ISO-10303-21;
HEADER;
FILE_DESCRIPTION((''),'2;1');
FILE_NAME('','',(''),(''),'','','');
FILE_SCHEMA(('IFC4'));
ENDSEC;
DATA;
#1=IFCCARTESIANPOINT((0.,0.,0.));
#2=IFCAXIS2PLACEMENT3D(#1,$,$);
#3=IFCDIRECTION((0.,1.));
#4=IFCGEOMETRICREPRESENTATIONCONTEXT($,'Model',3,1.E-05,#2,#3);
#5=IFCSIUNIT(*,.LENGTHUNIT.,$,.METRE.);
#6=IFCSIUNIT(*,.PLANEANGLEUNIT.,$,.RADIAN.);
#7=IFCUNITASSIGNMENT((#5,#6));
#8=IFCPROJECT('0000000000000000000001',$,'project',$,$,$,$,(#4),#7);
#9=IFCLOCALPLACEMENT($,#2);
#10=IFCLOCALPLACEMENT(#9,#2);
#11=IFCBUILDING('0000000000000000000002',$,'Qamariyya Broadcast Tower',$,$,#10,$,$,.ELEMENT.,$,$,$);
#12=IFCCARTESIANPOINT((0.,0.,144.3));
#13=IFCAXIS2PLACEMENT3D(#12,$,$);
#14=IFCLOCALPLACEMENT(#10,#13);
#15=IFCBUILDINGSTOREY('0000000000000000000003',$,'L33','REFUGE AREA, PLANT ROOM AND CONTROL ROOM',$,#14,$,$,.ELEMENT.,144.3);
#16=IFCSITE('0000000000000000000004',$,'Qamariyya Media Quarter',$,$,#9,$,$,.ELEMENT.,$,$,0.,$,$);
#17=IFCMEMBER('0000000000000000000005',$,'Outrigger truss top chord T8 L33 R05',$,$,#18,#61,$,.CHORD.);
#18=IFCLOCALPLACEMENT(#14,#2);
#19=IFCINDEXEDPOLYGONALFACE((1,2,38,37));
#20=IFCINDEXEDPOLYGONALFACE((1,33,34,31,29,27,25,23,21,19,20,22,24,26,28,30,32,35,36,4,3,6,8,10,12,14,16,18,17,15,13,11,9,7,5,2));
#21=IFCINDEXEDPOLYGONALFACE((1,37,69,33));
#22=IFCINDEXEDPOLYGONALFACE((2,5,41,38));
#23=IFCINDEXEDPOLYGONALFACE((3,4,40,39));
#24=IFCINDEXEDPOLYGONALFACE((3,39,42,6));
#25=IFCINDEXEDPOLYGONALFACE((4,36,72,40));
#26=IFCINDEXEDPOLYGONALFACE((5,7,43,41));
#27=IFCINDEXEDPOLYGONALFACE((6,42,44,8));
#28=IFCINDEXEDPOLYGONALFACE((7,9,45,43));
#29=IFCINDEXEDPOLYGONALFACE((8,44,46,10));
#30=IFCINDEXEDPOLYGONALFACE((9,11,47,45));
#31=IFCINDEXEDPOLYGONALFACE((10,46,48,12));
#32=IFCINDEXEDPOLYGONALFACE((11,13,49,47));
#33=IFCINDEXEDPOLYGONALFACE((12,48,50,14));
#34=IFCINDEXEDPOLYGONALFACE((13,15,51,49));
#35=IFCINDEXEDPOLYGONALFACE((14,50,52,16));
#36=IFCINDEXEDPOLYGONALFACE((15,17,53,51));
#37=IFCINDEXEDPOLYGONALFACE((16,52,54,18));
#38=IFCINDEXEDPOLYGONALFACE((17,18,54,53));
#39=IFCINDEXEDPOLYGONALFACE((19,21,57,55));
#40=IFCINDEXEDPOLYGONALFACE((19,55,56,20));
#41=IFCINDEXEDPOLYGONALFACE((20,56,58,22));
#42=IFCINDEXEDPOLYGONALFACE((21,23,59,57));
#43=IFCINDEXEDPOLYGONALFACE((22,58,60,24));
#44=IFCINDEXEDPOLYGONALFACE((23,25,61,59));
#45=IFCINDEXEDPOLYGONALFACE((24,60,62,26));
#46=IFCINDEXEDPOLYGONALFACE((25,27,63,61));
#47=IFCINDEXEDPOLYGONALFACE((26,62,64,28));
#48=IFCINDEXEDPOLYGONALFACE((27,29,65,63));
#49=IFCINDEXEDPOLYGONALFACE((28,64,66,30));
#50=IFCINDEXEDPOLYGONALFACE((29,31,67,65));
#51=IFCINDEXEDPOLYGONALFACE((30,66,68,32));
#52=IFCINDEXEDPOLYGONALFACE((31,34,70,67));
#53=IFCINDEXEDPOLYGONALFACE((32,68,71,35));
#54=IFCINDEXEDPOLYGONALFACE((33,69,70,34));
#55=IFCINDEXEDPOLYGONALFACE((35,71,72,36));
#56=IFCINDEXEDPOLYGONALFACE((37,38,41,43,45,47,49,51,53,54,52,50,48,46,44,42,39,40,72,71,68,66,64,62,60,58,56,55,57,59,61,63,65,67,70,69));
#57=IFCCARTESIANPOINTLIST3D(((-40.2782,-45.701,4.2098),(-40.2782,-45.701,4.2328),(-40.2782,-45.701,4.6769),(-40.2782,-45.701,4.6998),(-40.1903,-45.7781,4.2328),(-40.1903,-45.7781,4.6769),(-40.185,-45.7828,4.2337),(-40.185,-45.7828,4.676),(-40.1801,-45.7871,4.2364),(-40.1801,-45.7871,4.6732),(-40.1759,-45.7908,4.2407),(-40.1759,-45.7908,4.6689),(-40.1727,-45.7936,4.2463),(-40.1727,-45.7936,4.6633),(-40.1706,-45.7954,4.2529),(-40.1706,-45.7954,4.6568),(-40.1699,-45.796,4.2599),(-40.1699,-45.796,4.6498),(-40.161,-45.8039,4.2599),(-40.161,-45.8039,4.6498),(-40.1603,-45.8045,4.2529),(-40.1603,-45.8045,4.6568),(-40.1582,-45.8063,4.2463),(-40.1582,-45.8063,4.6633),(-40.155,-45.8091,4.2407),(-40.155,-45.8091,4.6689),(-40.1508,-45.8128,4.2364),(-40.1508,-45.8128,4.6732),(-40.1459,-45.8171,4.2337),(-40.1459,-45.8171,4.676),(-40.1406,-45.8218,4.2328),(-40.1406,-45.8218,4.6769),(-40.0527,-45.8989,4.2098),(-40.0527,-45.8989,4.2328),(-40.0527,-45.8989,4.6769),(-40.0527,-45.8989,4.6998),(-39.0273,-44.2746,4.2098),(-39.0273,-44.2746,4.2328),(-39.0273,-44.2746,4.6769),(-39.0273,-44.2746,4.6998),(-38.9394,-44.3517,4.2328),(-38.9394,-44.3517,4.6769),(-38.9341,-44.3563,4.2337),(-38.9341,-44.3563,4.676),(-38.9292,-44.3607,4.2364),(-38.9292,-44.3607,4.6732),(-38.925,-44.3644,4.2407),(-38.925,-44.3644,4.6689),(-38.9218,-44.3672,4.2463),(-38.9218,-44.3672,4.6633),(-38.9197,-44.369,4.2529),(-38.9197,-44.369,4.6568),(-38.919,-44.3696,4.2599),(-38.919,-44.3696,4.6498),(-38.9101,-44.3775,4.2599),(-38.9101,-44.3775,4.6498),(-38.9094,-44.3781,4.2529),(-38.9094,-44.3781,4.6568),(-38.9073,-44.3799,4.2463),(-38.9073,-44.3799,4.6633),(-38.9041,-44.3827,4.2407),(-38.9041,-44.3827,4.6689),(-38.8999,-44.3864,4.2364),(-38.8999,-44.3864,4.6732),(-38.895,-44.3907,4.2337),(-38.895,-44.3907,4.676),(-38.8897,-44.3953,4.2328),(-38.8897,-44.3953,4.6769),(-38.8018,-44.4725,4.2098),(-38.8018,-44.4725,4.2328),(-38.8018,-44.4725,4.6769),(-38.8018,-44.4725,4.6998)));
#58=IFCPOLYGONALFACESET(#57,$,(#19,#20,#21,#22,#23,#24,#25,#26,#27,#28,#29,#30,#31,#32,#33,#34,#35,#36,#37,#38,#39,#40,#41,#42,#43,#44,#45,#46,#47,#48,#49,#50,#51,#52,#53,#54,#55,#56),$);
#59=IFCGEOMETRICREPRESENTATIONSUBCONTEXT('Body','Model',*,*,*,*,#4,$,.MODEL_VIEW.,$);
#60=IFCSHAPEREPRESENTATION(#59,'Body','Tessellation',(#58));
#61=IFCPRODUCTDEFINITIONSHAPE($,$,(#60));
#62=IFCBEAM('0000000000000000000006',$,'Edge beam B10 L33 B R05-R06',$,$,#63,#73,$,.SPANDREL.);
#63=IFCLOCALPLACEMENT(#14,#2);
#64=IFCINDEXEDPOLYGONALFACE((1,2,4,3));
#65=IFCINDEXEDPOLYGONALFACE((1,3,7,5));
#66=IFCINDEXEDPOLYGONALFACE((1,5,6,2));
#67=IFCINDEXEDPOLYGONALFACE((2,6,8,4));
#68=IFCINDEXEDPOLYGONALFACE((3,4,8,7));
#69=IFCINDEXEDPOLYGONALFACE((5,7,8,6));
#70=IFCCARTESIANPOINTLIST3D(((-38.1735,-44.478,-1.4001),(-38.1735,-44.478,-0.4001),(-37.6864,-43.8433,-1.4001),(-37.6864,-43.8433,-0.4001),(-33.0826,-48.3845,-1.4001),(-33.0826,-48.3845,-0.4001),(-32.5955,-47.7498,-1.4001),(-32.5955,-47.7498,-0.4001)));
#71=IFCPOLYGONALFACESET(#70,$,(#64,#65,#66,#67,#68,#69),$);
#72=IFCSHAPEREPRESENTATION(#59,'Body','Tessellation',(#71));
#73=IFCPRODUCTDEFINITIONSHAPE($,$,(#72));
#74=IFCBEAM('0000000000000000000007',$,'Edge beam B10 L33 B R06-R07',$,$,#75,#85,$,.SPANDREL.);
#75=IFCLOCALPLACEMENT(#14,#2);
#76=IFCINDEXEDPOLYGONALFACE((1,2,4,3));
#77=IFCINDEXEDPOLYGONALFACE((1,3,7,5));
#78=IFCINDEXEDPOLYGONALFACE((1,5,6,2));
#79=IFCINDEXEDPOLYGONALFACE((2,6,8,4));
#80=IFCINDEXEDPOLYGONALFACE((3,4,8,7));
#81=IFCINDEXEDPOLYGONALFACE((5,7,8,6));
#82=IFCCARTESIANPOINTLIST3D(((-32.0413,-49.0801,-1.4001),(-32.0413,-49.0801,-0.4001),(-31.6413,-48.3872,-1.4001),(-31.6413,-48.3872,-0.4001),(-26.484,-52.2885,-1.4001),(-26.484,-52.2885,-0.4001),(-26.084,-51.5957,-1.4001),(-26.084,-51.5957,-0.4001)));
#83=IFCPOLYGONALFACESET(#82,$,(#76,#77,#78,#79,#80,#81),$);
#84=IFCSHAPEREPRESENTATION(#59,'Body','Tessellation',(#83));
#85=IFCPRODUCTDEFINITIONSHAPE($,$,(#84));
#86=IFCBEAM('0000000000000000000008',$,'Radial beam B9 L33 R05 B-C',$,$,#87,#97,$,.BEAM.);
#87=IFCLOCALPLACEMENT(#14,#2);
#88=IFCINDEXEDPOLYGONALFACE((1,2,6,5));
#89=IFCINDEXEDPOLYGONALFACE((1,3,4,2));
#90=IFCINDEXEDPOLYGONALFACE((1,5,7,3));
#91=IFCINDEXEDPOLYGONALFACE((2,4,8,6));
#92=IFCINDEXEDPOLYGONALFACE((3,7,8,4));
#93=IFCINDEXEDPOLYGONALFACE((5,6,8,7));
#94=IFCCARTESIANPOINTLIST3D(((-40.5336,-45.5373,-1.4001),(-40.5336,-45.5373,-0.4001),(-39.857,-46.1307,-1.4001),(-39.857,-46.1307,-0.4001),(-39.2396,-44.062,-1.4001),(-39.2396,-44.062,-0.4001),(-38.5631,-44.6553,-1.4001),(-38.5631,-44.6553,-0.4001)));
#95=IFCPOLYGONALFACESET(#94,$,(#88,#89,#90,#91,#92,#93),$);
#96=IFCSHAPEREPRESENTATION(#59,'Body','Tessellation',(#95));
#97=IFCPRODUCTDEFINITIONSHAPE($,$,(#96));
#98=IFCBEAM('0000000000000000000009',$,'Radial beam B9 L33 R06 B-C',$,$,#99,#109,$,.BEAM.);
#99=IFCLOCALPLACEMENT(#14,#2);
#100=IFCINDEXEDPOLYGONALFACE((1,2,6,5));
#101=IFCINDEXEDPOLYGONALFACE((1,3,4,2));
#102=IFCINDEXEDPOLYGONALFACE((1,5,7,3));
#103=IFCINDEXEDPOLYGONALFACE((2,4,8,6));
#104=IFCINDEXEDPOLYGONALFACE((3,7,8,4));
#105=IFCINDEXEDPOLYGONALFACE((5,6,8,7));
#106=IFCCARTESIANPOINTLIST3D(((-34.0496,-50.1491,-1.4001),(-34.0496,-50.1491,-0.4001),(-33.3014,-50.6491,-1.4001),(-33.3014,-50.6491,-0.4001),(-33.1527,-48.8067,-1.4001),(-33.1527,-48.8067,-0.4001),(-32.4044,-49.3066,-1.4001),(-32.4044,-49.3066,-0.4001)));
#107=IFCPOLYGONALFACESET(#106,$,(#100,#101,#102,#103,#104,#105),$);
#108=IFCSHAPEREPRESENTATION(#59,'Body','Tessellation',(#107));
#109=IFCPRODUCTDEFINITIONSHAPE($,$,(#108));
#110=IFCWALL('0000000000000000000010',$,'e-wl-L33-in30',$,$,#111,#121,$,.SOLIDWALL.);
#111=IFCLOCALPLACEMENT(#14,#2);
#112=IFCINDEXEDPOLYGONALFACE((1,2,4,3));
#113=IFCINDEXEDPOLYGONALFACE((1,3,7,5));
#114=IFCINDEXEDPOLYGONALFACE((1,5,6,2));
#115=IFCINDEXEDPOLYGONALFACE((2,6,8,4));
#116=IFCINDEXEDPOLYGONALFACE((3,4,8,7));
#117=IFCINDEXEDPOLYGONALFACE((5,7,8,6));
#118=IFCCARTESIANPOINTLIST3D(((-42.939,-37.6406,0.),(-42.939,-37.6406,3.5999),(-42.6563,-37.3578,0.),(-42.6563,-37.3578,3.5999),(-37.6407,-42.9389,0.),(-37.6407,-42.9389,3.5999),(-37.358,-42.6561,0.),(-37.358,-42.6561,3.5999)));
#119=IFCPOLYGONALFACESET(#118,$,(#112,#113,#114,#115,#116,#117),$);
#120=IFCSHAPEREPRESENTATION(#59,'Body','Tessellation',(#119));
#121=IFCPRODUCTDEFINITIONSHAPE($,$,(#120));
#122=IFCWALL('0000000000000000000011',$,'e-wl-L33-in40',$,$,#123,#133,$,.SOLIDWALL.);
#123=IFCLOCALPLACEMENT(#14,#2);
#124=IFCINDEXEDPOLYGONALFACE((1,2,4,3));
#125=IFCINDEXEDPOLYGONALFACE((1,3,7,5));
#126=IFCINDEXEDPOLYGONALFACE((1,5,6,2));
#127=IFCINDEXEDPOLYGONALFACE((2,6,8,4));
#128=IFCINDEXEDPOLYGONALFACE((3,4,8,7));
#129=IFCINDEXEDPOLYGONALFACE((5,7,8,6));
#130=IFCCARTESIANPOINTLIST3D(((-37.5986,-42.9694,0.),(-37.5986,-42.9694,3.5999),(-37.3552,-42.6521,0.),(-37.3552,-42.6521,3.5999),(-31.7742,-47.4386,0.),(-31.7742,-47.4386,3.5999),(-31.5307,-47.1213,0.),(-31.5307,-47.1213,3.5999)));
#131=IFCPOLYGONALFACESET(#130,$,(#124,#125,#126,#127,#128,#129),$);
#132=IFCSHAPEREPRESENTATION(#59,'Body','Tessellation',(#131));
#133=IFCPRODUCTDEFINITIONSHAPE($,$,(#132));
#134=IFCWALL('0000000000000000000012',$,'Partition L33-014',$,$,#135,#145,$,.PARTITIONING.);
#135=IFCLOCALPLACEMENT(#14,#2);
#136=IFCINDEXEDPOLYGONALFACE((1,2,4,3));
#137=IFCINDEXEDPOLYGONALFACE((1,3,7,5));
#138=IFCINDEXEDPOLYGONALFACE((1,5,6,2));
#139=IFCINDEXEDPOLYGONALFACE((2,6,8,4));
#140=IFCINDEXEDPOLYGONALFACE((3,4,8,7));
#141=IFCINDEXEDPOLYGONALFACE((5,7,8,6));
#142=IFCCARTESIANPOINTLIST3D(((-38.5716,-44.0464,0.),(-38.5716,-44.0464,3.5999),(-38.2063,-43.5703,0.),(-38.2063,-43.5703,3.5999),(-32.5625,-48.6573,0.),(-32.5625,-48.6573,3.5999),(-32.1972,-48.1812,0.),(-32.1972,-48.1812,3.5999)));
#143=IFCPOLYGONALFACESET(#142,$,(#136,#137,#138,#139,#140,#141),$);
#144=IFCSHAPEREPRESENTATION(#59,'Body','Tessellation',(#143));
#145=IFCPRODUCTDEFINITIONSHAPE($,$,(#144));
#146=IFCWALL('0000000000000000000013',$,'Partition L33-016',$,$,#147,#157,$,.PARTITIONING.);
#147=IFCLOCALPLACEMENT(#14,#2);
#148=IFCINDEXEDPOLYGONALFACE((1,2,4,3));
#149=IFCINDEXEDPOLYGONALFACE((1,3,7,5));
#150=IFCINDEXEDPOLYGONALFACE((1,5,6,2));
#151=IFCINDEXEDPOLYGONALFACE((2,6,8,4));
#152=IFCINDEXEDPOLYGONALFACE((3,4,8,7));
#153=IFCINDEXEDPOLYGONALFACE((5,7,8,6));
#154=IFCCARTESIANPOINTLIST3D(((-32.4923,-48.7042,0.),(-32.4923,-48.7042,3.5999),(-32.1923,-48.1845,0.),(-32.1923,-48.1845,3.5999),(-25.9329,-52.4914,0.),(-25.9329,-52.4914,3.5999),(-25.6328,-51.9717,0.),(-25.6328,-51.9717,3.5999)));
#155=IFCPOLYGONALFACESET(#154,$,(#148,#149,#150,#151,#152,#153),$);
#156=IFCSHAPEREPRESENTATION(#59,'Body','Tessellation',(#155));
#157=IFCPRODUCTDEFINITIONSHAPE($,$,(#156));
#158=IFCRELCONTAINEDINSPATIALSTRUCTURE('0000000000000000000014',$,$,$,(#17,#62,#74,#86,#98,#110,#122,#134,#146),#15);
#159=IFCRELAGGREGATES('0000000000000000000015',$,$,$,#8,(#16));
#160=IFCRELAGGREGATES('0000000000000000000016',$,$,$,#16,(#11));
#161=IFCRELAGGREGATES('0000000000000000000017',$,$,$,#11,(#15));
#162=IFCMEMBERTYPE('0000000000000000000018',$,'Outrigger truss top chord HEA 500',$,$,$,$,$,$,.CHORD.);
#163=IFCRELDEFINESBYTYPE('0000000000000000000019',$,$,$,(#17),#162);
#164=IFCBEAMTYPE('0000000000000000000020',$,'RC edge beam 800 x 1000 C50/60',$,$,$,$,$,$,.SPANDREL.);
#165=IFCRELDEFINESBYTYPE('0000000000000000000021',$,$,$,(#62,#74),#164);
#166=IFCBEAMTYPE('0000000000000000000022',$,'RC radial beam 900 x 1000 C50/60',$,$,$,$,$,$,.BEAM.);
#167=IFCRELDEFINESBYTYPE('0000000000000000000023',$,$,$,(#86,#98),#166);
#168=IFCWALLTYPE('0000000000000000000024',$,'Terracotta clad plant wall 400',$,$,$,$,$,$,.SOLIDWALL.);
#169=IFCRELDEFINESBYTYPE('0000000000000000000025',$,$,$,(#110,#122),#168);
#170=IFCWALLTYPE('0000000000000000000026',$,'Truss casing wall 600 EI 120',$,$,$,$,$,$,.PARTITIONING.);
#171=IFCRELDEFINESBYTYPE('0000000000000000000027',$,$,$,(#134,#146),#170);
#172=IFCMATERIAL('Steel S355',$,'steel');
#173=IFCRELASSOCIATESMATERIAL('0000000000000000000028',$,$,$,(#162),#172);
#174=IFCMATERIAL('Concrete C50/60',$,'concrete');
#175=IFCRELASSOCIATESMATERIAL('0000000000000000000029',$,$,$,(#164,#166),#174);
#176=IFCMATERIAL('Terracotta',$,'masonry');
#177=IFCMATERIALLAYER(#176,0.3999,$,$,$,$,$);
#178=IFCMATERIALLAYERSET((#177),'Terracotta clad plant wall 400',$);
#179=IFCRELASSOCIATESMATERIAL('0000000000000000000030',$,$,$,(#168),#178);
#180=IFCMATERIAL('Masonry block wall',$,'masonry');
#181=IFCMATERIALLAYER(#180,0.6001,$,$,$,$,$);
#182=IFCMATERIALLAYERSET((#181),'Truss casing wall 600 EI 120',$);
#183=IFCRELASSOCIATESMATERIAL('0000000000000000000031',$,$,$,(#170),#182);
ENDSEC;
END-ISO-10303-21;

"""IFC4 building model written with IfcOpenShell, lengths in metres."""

from ifc_helpers import new_model, si_unit, direction, frame, frame_2d, origin, origin_2d, place, context, subcontext, project, spatial, rectangle, i_section, extrude, material, layer, layer_set, material_profile, profile_set, type_object, element, save


model = new_model("IFC4")

# Units and contexts
model_context = context("Model", 3, precision=1e-05, world=origin(), true_north=direction((0.0, 1.0)))
body_context = subcontext(model_context, "Body", "Model", "MODEL_VIEW")
ifc_project = project(units=[si_unit("LENGTHUNIT", "METRE"), si_unit("PLANEANGLEUNIT", "RADIAN")], contexts=[model_context])

# Site, building, storey
site_placement = place(None, origin())
site = spatial("IfcSite", under=ifc_project, at=site_placement, Name="Qamariyya Media Quarter", CompositionType="ELEMENT", RefElevation=0.0)
building_placement = place(site_placement, origin())
building = spatial("IfcBuilding", under=site, at=building_placement, Name="Qamariyya Broadcast Tower", CompositionType="ELEMENT")
storey_placement = place(building_placement, frame((0.0, 0.0, 144.3)))
storey = spatial("IfcBuildingStorey", under=building, at=storey_placement, Name="L33", Description="REFUGE AREA, PLANT ROOM AND CONTROL ROOM", CompositionType="ELEMENT", Elevation=144.3)

# Member
ifc_material_1 = material(Name="Steel S355", Category="steel")
ifc_material_profile_1 = material_profile(ifc_material_1, i_section(OverallWidth=0.3, OverallDepth=0.49, WebThickness=0.012, FlangeThickness=0.0229, FilletRadius=0.0271, at=origin_2d()))
ifc_profile_set_1 = profile_set([ifc_material_profile_1], Name="Steel S355")
member_type_1 = type_object("IfcMemberType", Name="Outrigger truss top chord HEA 500", PredefinedType="CHORD", material=ifc_profile_set_1)
member_1_placement = place(storey_placement, frame((-38.9146, -44.3735, 4.4548), z_axis=(-0.659333, -0.751851, 0.0), x_axis=(0.751851, -0.659333, 0.0)))
element("IfcMember", 1, at=member_1_placement, inside=storey, type_object=member_type_1, Name="Outrigger truss top chord T8 L33 R05", PredefinedType="CHORD", context=body_context, shape_type="SweptSolid", body=[
    extrude(i_section(OverallWidth=0.3, OverallDepth=0.49, WebThickness=0.012, FlangeThickness=0.0229, FilletRadius=0.0271, at=origin_2d()), origin(), (0.0, 0.0, 1.0), 1.8972),
])

# Beams
ifc_material_2 = material(Name="Concrete C50/60", Category="concrete")
ifc_material_profile_2 = material_profile(ifc_material_2, rectangle(XDim=0.8, YDim=1.0, at=origin_2d()))
ifc_profile_set_2 = profile_set([ifc_material_profile_2], Name="Concrete C50/60")
beam_type_1 = type_object("IfcBeamType", Name="RC edge beam 800 x 1000 C50/60", PredefinedType="SPANDREL", material=ifc_profile_set_2)
for number, where, z_axis, x_axis, name in (
    (2, (-37.9299, -44.1606, -0.9001), (0.793341, -0.608778, 0.0), (0.608778, 0.793341, 0.0), "Edge beam B10 L33 B R05-R06"),
    (3, (-31.8413, -48.7336, -0.9001), (0.866029, -0.499994, 0.0), (0.499994, 0.866029, 0.0), "Edge beam B10 L33 B R06-R07"),
):
    element("IfcBeam", number, at=place(storey_placement, frame(where, z_axis=z_axis, x_axis=x_axis)), inside=storey, type_object=beam_type_1, Name=name, PredefinedType="SPANDREL", context=body_context, shape_type="SweptSolid", body=[
        extrude(rectangle(XDim=0.8, YDim=1.0, at=origin_2d()), origin(), (0.0, 0.0, 1.0), 6.417),
    ])
ifc_material_profile_3 = material_profile(ifc_material_2, rectangle(XDim=0.8999, YDim=1.0, at=origin_2d()))
ifc_profile_set_3 = profile_set([ifc_material_profile_3], Name="Concrete C50/60")
beam_type_2 = type_object("IfcBeamType", Name="RC radial beam 900 x 1000 C50/60", PredefinedType="BEAM", material=ifc_profile_set_3)
beam_1_placement = place(storey_placement, frame((-38.9014, -44.3586, -0.9001), z_axis=(-0.659376, -0.751813, 0.0), x_axis=(0.751813, -0.659376, 0.0)))
element("IfcBeam", 4, at=beam_1_placement, inside=storey, type_object=beam_type_2, Name="Radial beam B9 L33 R05 B-C", PredefinedType="BEAM", context=body_context, shape_type="SweptSolid", body=[
    extrude(rectangle(XDim=0.8999, YDim=1.0, at=origin_2d()), origin(), (0.0, 0.0, 1.0), 1.9624),
])
beam_2_placement = place(storey_placement, frame((-32.7786, -49.0566, -0.9001), z_axis=(-0.555537, -0.831492, 0.0), x_axis=(0.831492, -0.555537, 0.0)))
element("IfcBeam", 5, at=beam_2_placement, inside=storey, type_object=beam_type_2, Name="Radial beam B9 L33 R06 B-C", PredefinedType="BEAM", context=body_context, shape_type="SweptSolid", body=[
    extrude(rectangle(XDim=0.8999, YDim=1.0, at=origin_2d()), origin(), (0.0, 0.0, 1.0), 1.6145),
])

# Walls
ifc_material_3 = material(Name="Terracotta", Category="masonry")
ifc_layer_1 = layer(ifc_material_3, 0.3999)
ifc_layer_set_1 = layer_set([ifc_layer_1], Name="Terracotta clad plant wall 400")
wall_type_1 = type_object("IfcWallType", Name="Terracotta clad plant wall 400", PredefinedType="SOLIDWALL", material=ifc_layer_set_1)
wall_1_placement = place(storey_placement, frame((-37.4993, -42.7976, 0.0), z_axis=(0.0, 0.0, 1.0), x_axis=(-0.707107, 0.707107, 0.0)))
element("IfcWall", 6, at=wall_1_placement, inside=storey, type_object=wall_type_1, Name="e-wl-L33-in30", PredefinedType="SOLIDWALL", context=body_context, shape_type="SweptSolid", body=[
    extrude(rectangle(XDim=7.4929, YDim=0.3999, at=frame_2d((3.7466, 0.0))), origin(), (0.0, 0.0, 1.0), 3.5999),
])
wall_2_placement = place(storey_placement, frame((-31.6523, -47.28, 0.0), z_axis=(0.0, 0.0, 1.0), x_axis=(-0.793355, 0.608759, 0.0)))
element("IfcWall", 7, at=wall_2_placement, inside=storey, type_object=wall_type_1, Name="e-wl-L33-in40", PredefinedType="SOLIDWALL", context=body_context, shape_type="SweptSolid", body=[
    extrude(rectangle(XDim=7.3416, YDim=0.3999, at=frame_2d((3.6709, 0.0))), origin(), (0.0, 0.0, 1.0), 3.5999),
])
ifc_material_4 = material(Name="Masonry block wall", Category="masonry")
ifc_layer_2 = layer(ifc_material_4, 0.6001)
ifc_layer_set_2 = layer_set([ifc_layer_2], Name="Truss casing wall 600 EI 120")
wall_type_2 = type_object("IfcWallType", Name="Truss casing wall 600 EI 120", PredefinedType="PARTITIONING", material=ifc_layer_set_2)
for number, where, z_axis, x_axis, name in (
    (8, (-38.3889, -43.8083, 0.0), (0.0, 0.0, 1.0), (0.793357, -0.608757, 0.0), "Partition L33-014"),
    (9, (-32.3423, -48.4443, 0.0), (0.0, 0.0, 1.0), (0.866021, -0.500008, 0.0), "Partition L33-016"),
):
    element("IfcWall", number, at=place(storey_placement, frame(where, z_axis=z_axis, x_axis=x_axis)), inside=storey, type_object=wall_type_2, Name=name, PredefinedType="PARTITIONING", context=body_context, shape_type="SweptSolid", body=[
        extrude(rectangle(XDim=7.5742, YDim=0.6001, at=frame_2d((3.7871, 0.0))), origin(), (0.0, 0.0, 1.0), 3.5999),
    ])

save(model, "model.ifc")
